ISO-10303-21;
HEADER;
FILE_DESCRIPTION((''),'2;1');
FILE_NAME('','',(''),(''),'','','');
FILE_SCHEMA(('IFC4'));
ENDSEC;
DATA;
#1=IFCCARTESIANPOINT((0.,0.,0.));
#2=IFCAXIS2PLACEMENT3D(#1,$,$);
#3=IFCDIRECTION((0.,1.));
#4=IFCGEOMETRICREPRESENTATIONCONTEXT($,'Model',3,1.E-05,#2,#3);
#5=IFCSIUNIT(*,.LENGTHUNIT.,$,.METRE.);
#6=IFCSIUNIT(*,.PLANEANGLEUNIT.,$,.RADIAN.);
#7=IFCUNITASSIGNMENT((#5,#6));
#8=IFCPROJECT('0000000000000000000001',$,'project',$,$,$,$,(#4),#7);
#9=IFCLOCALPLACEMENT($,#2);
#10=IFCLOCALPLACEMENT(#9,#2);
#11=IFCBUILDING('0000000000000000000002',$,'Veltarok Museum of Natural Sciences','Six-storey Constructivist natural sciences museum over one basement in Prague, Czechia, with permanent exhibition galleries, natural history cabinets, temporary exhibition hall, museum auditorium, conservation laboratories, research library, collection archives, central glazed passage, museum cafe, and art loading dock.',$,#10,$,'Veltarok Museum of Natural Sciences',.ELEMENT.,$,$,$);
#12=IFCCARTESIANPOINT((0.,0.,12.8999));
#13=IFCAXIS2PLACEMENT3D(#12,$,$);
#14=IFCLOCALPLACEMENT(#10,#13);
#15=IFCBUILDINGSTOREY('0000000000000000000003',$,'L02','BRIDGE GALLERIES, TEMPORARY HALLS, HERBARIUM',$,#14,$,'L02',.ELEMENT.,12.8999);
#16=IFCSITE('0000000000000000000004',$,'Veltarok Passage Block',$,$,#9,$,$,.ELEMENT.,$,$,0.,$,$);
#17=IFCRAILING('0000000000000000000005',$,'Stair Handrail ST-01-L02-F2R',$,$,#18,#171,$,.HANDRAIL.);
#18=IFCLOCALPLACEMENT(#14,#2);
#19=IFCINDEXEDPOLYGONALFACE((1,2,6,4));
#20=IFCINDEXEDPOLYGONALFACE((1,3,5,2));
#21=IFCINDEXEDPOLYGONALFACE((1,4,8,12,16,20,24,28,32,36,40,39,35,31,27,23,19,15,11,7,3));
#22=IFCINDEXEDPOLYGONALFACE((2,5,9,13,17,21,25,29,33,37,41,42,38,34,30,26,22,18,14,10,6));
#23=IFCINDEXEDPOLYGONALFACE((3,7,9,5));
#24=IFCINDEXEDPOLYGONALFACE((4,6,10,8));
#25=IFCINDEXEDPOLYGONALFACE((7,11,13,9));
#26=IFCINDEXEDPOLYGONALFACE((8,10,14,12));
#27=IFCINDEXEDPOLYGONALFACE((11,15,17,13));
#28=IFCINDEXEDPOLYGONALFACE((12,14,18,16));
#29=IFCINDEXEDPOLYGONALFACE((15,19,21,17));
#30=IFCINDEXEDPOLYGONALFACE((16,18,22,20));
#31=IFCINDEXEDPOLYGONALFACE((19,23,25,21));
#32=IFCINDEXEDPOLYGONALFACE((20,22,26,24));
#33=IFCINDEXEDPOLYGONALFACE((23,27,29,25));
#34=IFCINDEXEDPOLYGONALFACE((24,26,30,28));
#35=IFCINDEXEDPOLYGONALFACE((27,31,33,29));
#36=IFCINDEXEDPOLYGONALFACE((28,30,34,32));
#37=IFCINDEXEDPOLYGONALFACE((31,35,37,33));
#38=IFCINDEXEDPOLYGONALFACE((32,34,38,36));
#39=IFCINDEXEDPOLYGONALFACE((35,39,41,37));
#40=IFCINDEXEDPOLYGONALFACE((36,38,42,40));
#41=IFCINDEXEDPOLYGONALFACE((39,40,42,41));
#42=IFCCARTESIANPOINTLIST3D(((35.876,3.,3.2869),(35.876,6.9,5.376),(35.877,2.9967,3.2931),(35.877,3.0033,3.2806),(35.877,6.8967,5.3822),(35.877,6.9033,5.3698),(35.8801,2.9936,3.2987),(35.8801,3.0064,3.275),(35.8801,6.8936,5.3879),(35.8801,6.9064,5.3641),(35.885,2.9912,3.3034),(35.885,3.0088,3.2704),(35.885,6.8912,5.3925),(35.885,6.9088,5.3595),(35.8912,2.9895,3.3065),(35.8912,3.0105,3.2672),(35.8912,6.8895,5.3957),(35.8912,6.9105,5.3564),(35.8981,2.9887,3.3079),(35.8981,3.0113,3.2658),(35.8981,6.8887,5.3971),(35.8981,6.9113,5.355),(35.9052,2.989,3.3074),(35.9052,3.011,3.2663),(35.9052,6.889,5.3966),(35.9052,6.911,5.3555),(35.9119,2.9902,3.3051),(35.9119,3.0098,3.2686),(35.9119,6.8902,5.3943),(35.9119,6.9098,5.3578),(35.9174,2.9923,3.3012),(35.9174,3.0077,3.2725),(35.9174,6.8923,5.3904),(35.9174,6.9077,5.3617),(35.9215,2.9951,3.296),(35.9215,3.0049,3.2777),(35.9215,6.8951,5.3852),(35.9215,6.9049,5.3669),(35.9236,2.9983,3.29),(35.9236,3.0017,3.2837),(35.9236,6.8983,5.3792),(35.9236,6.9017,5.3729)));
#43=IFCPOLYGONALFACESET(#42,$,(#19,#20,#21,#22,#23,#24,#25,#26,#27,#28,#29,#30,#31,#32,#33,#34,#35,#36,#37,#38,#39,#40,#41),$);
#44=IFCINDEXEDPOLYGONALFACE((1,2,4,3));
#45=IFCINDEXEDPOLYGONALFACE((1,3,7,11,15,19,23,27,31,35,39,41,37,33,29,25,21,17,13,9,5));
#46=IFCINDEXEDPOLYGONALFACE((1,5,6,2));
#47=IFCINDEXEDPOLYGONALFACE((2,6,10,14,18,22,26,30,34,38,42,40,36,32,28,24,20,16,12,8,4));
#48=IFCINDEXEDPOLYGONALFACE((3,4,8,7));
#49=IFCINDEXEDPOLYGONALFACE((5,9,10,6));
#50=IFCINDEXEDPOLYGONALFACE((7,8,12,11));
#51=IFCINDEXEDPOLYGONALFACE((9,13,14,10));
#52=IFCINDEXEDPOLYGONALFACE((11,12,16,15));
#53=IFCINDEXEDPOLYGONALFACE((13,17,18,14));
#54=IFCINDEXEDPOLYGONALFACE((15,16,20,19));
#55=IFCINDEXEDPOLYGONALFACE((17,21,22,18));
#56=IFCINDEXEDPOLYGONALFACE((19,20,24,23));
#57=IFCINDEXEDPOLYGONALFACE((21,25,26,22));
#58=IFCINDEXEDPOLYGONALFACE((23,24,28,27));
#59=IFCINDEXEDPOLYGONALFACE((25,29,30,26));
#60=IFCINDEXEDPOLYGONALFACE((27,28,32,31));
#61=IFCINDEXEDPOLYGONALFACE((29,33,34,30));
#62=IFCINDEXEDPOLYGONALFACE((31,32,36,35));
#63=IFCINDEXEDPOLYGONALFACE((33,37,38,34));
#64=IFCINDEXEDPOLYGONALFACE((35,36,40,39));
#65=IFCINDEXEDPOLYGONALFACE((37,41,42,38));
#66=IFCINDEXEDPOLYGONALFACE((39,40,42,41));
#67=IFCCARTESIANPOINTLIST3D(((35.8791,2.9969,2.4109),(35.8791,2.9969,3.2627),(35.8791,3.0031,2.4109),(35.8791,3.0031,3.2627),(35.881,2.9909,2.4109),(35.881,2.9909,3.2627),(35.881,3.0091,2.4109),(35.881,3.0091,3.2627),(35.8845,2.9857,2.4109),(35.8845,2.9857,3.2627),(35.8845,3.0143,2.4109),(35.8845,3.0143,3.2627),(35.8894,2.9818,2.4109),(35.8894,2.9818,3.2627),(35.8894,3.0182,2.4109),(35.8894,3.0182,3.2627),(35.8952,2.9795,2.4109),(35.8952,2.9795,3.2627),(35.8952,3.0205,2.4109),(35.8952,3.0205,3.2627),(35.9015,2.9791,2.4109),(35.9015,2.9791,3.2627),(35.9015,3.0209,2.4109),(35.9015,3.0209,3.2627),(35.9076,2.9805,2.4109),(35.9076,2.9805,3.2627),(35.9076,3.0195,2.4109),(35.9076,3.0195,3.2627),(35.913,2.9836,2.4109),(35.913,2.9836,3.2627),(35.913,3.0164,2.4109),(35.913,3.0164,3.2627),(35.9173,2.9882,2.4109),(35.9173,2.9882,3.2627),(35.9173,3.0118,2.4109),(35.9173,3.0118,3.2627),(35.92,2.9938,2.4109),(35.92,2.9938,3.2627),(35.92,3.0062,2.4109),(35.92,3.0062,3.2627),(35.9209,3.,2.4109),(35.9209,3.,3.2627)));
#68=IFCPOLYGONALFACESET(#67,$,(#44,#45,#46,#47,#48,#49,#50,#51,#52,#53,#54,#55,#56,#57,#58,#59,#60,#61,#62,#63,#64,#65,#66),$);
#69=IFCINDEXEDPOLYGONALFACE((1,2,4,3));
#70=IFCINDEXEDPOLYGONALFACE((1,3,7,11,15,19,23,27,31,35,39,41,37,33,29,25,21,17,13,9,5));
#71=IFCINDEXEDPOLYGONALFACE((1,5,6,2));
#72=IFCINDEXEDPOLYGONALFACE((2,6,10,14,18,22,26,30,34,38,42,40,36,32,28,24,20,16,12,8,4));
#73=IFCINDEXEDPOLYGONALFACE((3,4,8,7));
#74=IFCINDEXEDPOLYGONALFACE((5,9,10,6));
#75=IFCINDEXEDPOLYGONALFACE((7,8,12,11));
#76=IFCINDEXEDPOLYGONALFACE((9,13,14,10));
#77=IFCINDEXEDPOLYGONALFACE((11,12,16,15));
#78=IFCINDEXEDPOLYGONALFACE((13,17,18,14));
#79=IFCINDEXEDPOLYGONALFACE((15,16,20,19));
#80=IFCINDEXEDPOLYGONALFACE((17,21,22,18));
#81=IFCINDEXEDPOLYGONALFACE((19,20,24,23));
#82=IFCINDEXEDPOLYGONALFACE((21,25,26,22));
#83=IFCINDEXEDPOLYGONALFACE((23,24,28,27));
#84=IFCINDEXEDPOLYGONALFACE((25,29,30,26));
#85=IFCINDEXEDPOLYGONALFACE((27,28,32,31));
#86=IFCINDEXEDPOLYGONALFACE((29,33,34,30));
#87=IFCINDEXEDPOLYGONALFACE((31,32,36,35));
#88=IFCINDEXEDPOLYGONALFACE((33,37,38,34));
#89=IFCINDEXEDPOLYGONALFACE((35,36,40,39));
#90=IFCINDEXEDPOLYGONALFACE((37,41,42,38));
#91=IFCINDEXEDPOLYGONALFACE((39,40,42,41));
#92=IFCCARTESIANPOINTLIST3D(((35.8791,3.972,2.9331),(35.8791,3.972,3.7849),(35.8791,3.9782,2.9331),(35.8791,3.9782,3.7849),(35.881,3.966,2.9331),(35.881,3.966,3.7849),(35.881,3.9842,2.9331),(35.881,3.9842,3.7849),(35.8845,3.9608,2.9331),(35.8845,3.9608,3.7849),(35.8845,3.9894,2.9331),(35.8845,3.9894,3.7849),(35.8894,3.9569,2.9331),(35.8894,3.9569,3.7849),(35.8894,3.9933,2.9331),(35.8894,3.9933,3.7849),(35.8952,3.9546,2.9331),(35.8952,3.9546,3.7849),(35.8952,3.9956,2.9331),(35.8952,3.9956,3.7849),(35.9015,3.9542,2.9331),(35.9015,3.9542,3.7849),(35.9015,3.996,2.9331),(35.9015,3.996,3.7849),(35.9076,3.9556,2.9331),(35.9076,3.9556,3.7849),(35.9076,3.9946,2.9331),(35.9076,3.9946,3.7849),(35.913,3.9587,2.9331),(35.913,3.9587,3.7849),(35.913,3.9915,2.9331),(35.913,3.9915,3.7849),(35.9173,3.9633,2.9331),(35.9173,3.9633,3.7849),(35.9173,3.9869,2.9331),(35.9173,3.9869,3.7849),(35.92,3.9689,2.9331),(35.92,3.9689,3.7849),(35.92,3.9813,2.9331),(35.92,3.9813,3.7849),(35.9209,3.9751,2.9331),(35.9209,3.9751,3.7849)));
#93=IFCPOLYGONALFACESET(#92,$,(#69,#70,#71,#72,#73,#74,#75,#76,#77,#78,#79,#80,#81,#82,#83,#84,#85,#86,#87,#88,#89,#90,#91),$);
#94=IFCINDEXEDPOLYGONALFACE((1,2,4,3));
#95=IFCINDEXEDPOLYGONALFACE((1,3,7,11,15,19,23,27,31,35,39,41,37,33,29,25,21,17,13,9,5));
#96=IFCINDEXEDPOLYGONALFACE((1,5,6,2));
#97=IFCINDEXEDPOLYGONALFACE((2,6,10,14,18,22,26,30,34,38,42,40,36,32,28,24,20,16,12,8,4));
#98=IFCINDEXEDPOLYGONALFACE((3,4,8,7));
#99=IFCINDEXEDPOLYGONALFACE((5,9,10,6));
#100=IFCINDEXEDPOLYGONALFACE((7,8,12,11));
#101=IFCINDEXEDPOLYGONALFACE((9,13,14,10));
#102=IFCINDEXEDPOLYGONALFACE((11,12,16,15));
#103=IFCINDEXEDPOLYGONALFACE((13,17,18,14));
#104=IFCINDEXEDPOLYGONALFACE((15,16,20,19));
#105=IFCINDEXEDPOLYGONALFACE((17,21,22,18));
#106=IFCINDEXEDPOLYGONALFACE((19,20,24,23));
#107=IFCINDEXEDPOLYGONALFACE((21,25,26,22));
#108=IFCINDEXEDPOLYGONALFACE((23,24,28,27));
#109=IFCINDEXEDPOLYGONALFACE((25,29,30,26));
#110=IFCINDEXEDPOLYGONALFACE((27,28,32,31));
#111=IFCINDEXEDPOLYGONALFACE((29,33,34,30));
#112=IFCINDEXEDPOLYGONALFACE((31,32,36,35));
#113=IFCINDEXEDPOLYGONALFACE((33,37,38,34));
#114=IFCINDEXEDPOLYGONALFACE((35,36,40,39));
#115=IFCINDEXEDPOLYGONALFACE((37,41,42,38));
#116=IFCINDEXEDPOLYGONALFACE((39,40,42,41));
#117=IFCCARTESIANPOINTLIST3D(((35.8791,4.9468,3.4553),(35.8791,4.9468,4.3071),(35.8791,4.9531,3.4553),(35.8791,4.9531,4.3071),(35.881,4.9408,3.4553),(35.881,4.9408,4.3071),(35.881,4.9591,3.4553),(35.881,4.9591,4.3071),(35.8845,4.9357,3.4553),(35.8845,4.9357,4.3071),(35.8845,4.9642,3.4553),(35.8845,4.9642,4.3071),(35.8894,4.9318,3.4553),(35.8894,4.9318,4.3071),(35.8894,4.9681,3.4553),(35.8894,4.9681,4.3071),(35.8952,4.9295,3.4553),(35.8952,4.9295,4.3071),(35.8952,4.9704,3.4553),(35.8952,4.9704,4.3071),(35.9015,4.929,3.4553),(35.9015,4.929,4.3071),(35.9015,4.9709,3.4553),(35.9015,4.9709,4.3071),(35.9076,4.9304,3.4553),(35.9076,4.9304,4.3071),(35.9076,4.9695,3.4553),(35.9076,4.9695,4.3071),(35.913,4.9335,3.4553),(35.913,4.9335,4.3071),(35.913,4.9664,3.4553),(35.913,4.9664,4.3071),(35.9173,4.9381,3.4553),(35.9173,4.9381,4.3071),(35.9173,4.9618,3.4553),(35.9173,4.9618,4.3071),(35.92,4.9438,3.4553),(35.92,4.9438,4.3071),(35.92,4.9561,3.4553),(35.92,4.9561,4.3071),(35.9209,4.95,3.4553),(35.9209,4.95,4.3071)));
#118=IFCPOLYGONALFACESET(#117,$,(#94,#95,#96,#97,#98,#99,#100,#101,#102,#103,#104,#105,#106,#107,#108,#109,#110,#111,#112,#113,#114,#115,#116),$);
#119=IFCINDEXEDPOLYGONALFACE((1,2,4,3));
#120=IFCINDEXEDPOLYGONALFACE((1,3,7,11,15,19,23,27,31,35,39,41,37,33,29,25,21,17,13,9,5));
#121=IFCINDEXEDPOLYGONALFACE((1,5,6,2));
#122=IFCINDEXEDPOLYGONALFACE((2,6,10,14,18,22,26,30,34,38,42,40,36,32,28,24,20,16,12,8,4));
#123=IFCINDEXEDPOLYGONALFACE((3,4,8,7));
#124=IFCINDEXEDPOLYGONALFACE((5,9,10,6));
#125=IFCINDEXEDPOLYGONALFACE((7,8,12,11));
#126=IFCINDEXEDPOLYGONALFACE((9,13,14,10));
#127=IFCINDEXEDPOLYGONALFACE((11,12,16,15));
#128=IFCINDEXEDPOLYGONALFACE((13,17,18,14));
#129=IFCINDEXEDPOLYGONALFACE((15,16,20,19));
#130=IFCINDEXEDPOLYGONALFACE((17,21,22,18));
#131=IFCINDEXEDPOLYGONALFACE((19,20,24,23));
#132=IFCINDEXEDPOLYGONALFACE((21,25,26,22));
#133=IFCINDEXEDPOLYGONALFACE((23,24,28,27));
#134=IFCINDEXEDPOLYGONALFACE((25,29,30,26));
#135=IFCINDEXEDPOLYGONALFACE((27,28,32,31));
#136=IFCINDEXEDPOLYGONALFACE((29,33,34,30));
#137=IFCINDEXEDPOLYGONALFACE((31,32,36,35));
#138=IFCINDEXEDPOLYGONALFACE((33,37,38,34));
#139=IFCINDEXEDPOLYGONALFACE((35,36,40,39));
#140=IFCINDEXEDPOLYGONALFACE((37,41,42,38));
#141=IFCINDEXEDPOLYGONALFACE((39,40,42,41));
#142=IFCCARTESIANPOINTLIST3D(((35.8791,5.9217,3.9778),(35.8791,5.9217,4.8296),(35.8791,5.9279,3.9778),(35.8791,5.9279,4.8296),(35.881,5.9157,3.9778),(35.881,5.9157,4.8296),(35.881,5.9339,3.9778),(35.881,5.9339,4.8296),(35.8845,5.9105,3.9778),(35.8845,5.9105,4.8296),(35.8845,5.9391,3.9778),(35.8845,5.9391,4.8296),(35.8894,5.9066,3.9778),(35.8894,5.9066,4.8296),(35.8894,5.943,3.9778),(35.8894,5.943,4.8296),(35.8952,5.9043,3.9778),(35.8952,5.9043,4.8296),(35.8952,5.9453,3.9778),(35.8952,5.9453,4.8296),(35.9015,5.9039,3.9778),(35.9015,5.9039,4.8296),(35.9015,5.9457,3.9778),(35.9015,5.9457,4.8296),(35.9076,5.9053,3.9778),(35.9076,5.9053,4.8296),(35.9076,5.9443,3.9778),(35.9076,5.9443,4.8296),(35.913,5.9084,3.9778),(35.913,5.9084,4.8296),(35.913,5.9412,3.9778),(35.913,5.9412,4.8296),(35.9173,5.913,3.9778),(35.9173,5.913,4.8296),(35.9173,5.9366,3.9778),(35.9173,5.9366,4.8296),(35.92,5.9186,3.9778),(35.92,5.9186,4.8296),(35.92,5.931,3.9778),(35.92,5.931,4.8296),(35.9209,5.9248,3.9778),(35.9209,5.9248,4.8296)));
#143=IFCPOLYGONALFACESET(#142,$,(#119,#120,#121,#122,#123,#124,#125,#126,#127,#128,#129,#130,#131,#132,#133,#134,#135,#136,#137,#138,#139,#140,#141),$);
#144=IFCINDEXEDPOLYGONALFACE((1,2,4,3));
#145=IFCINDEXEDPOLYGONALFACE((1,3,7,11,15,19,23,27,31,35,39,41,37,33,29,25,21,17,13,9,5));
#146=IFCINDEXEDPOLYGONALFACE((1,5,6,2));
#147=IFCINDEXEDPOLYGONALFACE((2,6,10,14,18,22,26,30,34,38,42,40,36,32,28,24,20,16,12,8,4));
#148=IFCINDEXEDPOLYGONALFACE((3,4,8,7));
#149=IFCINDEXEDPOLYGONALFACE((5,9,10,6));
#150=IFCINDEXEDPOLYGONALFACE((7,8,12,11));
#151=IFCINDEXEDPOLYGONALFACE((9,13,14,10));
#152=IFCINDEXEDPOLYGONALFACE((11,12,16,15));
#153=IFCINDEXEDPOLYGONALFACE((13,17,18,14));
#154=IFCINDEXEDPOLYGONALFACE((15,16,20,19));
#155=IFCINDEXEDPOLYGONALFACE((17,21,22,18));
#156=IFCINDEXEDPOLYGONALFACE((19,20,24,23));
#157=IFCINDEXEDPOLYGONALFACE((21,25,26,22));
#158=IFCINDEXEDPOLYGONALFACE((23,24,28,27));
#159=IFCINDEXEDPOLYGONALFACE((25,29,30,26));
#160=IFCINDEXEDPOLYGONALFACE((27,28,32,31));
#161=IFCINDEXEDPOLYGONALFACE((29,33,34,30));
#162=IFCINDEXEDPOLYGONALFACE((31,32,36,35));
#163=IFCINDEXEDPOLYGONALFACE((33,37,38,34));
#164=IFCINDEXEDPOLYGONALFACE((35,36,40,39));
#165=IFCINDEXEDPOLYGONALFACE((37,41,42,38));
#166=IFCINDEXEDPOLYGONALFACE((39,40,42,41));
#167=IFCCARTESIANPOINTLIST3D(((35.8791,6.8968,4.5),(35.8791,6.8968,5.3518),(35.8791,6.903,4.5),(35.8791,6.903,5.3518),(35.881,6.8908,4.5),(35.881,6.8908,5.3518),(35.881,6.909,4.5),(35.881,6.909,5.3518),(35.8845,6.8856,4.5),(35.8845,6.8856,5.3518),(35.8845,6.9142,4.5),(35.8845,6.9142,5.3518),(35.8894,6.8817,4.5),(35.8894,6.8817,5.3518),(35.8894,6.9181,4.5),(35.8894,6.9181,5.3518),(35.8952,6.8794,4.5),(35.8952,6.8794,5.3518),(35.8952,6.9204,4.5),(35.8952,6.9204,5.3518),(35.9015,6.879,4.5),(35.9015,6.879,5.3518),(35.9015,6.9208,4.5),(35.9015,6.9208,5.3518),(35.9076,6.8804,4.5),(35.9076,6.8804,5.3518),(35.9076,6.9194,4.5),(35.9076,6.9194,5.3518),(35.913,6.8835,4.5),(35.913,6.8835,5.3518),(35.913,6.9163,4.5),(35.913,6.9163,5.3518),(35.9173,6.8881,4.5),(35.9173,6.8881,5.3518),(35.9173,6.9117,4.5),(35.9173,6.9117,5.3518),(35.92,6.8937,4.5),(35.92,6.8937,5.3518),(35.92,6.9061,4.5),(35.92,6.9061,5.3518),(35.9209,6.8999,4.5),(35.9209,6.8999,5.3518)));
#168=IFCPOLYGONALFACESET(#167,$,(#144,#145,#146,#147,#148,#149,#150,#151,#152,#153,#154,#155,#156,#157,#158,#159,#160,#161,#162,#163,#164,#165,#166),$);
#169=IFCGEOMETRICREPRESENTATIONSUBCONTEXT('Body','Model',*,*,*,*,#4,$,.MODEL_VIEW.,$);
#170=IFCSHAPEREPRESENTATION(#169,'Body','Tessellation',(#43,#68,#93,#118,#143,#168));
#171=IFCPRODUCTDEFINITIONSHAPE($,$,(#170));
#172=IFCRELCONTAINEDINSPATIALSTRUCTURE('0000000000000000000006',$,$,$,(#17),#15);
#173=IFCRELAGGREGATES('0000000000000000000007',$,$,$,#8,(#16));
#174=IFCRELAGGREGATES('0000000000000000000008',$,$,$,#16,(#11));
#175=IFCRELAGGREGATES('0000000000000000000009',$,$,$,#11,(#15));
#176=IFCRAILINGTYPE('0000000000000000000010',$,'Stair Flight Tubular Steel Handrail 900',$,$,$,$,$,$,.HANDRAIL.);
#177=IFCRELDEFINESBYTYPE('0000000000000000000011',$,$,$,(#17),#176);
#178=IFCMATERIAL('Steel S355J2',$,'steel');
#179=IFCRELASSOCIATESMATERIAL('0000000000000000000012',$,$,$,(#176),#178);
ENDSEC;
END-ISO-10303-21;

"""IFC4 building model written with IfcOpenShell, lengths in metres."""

from ifc_helpers import new_model, si_unit, direction, frame, origin, origin_2d, place, context, subcontext, project, spatial, circle, extrude, material, type_object, element, save


model = new_model("IFC4")

# Units and contexts
model_context = context("Model", 3, precision=1e-05, world=origin(), true_north=direction((0.0, 1.0)))
body_context = subcontext(model_context, "Body", "Model", "MODEL_VIEW")
ifc_project = project(units=[si_unit("LENGTHUNIT", "METRE"), si_unit("PLANEANGLEUNIT", "RADIAN")], contexts=[model_context])

# Site, building, storey
site_placement = place(None, origin())
site = spatial("IfcSite", under=ifc_project, at=site_placement, Name="Veltarok Passage Block", CompositionType="ELEMENT", RefElevation=0.0)
building_placement = place(site_placement, origin())
building = spatial("IfcBuilding", under=site, at=building_placement, Name="Veltarok Museum of Natural Sciences", Description="Six-storey Constructivist natural sciences museum over one basement in Prague, Czechia, with permanent exhibition galleries, natural history cabinets, temporary exhibition hall, museum auditorium, conservation laboratories, research library, collection archives, central glazed passage, museum cafe, and art loading dock.", LongName="Veltarok Museum of Natural Sciences", CompositionType="ELEMENT")
storey_placement = place(building_placement, frame((0.0, 0.0, 12.8999)))
storey = spatial("IfcBuildingStorey", under=building, at=storey_placement, Name="L02", Description="BRIDGE GALLERIES, TEMPORARY HALLS, HERBARIUM", LongName="L02", CompositionType="ELEMENT", Elevation=12.8999)

# Shared definitions
ifc_material_1 = material(Name="Steel S355J2", Category="steel")

# Railing
railing_type_1 = type_object("IfcRailingType", Name="Stair Flight Tubular Steel Handrail 900", PredefinedType="HANDRAIL", material=ifc_material_1)
for number, where, name in (
    (1, (35.8999, 3.0, 2.4109), "Stair Handrail ST-01-L02-F2R"),
):
    element("IfcRailing", number, at=place(storey_placement, frame(where)), inside=storey, type_object=railing_type_1, Name=name, PredefinedType="HANDRAIL", context=body_context, shape_type="SweptSolid", body=[
        extrude(circle(Radius=0.0239, at=origin_2d()), frame((0.0, 0.0, 0.876), z_axis=(0.0, 0.881491, 0.4722), x_axis=(-1.0, 0.0, 0.0)), (0.0, 0.0, 1.0), 4.4243),
        extrude(circle(Radius=0.021, at=origin_2d()), origin(), (0.0, 0.0, 1.0), 0.8518),
        extrude(circle(Radius=0.021, at=origin_2d()), frame((0.0, 0.9751, 0.5222)), (0.0, 0.0, 1.0), 0.8518),
        extrude(circle(Radius=0.021, at=origin_2d()), frame((0.0, 1.95, 1.0444)), (0.0, 0.0, 1.0), 0.8518),
        extrude(circle(Radius=0.021, at=origin_2d()), frame((0.0, 2.9248, 1.5669)), (0.0, 0.0, 1.0), 0.8518),
        extrude(circle(Radius=0.021, at=origin_2d()), frame((0.0, 3.8999, 2.0891)), (0.0, 0.0, 1.0), 0.8518),
    ])

save(model, "model.ifc")
